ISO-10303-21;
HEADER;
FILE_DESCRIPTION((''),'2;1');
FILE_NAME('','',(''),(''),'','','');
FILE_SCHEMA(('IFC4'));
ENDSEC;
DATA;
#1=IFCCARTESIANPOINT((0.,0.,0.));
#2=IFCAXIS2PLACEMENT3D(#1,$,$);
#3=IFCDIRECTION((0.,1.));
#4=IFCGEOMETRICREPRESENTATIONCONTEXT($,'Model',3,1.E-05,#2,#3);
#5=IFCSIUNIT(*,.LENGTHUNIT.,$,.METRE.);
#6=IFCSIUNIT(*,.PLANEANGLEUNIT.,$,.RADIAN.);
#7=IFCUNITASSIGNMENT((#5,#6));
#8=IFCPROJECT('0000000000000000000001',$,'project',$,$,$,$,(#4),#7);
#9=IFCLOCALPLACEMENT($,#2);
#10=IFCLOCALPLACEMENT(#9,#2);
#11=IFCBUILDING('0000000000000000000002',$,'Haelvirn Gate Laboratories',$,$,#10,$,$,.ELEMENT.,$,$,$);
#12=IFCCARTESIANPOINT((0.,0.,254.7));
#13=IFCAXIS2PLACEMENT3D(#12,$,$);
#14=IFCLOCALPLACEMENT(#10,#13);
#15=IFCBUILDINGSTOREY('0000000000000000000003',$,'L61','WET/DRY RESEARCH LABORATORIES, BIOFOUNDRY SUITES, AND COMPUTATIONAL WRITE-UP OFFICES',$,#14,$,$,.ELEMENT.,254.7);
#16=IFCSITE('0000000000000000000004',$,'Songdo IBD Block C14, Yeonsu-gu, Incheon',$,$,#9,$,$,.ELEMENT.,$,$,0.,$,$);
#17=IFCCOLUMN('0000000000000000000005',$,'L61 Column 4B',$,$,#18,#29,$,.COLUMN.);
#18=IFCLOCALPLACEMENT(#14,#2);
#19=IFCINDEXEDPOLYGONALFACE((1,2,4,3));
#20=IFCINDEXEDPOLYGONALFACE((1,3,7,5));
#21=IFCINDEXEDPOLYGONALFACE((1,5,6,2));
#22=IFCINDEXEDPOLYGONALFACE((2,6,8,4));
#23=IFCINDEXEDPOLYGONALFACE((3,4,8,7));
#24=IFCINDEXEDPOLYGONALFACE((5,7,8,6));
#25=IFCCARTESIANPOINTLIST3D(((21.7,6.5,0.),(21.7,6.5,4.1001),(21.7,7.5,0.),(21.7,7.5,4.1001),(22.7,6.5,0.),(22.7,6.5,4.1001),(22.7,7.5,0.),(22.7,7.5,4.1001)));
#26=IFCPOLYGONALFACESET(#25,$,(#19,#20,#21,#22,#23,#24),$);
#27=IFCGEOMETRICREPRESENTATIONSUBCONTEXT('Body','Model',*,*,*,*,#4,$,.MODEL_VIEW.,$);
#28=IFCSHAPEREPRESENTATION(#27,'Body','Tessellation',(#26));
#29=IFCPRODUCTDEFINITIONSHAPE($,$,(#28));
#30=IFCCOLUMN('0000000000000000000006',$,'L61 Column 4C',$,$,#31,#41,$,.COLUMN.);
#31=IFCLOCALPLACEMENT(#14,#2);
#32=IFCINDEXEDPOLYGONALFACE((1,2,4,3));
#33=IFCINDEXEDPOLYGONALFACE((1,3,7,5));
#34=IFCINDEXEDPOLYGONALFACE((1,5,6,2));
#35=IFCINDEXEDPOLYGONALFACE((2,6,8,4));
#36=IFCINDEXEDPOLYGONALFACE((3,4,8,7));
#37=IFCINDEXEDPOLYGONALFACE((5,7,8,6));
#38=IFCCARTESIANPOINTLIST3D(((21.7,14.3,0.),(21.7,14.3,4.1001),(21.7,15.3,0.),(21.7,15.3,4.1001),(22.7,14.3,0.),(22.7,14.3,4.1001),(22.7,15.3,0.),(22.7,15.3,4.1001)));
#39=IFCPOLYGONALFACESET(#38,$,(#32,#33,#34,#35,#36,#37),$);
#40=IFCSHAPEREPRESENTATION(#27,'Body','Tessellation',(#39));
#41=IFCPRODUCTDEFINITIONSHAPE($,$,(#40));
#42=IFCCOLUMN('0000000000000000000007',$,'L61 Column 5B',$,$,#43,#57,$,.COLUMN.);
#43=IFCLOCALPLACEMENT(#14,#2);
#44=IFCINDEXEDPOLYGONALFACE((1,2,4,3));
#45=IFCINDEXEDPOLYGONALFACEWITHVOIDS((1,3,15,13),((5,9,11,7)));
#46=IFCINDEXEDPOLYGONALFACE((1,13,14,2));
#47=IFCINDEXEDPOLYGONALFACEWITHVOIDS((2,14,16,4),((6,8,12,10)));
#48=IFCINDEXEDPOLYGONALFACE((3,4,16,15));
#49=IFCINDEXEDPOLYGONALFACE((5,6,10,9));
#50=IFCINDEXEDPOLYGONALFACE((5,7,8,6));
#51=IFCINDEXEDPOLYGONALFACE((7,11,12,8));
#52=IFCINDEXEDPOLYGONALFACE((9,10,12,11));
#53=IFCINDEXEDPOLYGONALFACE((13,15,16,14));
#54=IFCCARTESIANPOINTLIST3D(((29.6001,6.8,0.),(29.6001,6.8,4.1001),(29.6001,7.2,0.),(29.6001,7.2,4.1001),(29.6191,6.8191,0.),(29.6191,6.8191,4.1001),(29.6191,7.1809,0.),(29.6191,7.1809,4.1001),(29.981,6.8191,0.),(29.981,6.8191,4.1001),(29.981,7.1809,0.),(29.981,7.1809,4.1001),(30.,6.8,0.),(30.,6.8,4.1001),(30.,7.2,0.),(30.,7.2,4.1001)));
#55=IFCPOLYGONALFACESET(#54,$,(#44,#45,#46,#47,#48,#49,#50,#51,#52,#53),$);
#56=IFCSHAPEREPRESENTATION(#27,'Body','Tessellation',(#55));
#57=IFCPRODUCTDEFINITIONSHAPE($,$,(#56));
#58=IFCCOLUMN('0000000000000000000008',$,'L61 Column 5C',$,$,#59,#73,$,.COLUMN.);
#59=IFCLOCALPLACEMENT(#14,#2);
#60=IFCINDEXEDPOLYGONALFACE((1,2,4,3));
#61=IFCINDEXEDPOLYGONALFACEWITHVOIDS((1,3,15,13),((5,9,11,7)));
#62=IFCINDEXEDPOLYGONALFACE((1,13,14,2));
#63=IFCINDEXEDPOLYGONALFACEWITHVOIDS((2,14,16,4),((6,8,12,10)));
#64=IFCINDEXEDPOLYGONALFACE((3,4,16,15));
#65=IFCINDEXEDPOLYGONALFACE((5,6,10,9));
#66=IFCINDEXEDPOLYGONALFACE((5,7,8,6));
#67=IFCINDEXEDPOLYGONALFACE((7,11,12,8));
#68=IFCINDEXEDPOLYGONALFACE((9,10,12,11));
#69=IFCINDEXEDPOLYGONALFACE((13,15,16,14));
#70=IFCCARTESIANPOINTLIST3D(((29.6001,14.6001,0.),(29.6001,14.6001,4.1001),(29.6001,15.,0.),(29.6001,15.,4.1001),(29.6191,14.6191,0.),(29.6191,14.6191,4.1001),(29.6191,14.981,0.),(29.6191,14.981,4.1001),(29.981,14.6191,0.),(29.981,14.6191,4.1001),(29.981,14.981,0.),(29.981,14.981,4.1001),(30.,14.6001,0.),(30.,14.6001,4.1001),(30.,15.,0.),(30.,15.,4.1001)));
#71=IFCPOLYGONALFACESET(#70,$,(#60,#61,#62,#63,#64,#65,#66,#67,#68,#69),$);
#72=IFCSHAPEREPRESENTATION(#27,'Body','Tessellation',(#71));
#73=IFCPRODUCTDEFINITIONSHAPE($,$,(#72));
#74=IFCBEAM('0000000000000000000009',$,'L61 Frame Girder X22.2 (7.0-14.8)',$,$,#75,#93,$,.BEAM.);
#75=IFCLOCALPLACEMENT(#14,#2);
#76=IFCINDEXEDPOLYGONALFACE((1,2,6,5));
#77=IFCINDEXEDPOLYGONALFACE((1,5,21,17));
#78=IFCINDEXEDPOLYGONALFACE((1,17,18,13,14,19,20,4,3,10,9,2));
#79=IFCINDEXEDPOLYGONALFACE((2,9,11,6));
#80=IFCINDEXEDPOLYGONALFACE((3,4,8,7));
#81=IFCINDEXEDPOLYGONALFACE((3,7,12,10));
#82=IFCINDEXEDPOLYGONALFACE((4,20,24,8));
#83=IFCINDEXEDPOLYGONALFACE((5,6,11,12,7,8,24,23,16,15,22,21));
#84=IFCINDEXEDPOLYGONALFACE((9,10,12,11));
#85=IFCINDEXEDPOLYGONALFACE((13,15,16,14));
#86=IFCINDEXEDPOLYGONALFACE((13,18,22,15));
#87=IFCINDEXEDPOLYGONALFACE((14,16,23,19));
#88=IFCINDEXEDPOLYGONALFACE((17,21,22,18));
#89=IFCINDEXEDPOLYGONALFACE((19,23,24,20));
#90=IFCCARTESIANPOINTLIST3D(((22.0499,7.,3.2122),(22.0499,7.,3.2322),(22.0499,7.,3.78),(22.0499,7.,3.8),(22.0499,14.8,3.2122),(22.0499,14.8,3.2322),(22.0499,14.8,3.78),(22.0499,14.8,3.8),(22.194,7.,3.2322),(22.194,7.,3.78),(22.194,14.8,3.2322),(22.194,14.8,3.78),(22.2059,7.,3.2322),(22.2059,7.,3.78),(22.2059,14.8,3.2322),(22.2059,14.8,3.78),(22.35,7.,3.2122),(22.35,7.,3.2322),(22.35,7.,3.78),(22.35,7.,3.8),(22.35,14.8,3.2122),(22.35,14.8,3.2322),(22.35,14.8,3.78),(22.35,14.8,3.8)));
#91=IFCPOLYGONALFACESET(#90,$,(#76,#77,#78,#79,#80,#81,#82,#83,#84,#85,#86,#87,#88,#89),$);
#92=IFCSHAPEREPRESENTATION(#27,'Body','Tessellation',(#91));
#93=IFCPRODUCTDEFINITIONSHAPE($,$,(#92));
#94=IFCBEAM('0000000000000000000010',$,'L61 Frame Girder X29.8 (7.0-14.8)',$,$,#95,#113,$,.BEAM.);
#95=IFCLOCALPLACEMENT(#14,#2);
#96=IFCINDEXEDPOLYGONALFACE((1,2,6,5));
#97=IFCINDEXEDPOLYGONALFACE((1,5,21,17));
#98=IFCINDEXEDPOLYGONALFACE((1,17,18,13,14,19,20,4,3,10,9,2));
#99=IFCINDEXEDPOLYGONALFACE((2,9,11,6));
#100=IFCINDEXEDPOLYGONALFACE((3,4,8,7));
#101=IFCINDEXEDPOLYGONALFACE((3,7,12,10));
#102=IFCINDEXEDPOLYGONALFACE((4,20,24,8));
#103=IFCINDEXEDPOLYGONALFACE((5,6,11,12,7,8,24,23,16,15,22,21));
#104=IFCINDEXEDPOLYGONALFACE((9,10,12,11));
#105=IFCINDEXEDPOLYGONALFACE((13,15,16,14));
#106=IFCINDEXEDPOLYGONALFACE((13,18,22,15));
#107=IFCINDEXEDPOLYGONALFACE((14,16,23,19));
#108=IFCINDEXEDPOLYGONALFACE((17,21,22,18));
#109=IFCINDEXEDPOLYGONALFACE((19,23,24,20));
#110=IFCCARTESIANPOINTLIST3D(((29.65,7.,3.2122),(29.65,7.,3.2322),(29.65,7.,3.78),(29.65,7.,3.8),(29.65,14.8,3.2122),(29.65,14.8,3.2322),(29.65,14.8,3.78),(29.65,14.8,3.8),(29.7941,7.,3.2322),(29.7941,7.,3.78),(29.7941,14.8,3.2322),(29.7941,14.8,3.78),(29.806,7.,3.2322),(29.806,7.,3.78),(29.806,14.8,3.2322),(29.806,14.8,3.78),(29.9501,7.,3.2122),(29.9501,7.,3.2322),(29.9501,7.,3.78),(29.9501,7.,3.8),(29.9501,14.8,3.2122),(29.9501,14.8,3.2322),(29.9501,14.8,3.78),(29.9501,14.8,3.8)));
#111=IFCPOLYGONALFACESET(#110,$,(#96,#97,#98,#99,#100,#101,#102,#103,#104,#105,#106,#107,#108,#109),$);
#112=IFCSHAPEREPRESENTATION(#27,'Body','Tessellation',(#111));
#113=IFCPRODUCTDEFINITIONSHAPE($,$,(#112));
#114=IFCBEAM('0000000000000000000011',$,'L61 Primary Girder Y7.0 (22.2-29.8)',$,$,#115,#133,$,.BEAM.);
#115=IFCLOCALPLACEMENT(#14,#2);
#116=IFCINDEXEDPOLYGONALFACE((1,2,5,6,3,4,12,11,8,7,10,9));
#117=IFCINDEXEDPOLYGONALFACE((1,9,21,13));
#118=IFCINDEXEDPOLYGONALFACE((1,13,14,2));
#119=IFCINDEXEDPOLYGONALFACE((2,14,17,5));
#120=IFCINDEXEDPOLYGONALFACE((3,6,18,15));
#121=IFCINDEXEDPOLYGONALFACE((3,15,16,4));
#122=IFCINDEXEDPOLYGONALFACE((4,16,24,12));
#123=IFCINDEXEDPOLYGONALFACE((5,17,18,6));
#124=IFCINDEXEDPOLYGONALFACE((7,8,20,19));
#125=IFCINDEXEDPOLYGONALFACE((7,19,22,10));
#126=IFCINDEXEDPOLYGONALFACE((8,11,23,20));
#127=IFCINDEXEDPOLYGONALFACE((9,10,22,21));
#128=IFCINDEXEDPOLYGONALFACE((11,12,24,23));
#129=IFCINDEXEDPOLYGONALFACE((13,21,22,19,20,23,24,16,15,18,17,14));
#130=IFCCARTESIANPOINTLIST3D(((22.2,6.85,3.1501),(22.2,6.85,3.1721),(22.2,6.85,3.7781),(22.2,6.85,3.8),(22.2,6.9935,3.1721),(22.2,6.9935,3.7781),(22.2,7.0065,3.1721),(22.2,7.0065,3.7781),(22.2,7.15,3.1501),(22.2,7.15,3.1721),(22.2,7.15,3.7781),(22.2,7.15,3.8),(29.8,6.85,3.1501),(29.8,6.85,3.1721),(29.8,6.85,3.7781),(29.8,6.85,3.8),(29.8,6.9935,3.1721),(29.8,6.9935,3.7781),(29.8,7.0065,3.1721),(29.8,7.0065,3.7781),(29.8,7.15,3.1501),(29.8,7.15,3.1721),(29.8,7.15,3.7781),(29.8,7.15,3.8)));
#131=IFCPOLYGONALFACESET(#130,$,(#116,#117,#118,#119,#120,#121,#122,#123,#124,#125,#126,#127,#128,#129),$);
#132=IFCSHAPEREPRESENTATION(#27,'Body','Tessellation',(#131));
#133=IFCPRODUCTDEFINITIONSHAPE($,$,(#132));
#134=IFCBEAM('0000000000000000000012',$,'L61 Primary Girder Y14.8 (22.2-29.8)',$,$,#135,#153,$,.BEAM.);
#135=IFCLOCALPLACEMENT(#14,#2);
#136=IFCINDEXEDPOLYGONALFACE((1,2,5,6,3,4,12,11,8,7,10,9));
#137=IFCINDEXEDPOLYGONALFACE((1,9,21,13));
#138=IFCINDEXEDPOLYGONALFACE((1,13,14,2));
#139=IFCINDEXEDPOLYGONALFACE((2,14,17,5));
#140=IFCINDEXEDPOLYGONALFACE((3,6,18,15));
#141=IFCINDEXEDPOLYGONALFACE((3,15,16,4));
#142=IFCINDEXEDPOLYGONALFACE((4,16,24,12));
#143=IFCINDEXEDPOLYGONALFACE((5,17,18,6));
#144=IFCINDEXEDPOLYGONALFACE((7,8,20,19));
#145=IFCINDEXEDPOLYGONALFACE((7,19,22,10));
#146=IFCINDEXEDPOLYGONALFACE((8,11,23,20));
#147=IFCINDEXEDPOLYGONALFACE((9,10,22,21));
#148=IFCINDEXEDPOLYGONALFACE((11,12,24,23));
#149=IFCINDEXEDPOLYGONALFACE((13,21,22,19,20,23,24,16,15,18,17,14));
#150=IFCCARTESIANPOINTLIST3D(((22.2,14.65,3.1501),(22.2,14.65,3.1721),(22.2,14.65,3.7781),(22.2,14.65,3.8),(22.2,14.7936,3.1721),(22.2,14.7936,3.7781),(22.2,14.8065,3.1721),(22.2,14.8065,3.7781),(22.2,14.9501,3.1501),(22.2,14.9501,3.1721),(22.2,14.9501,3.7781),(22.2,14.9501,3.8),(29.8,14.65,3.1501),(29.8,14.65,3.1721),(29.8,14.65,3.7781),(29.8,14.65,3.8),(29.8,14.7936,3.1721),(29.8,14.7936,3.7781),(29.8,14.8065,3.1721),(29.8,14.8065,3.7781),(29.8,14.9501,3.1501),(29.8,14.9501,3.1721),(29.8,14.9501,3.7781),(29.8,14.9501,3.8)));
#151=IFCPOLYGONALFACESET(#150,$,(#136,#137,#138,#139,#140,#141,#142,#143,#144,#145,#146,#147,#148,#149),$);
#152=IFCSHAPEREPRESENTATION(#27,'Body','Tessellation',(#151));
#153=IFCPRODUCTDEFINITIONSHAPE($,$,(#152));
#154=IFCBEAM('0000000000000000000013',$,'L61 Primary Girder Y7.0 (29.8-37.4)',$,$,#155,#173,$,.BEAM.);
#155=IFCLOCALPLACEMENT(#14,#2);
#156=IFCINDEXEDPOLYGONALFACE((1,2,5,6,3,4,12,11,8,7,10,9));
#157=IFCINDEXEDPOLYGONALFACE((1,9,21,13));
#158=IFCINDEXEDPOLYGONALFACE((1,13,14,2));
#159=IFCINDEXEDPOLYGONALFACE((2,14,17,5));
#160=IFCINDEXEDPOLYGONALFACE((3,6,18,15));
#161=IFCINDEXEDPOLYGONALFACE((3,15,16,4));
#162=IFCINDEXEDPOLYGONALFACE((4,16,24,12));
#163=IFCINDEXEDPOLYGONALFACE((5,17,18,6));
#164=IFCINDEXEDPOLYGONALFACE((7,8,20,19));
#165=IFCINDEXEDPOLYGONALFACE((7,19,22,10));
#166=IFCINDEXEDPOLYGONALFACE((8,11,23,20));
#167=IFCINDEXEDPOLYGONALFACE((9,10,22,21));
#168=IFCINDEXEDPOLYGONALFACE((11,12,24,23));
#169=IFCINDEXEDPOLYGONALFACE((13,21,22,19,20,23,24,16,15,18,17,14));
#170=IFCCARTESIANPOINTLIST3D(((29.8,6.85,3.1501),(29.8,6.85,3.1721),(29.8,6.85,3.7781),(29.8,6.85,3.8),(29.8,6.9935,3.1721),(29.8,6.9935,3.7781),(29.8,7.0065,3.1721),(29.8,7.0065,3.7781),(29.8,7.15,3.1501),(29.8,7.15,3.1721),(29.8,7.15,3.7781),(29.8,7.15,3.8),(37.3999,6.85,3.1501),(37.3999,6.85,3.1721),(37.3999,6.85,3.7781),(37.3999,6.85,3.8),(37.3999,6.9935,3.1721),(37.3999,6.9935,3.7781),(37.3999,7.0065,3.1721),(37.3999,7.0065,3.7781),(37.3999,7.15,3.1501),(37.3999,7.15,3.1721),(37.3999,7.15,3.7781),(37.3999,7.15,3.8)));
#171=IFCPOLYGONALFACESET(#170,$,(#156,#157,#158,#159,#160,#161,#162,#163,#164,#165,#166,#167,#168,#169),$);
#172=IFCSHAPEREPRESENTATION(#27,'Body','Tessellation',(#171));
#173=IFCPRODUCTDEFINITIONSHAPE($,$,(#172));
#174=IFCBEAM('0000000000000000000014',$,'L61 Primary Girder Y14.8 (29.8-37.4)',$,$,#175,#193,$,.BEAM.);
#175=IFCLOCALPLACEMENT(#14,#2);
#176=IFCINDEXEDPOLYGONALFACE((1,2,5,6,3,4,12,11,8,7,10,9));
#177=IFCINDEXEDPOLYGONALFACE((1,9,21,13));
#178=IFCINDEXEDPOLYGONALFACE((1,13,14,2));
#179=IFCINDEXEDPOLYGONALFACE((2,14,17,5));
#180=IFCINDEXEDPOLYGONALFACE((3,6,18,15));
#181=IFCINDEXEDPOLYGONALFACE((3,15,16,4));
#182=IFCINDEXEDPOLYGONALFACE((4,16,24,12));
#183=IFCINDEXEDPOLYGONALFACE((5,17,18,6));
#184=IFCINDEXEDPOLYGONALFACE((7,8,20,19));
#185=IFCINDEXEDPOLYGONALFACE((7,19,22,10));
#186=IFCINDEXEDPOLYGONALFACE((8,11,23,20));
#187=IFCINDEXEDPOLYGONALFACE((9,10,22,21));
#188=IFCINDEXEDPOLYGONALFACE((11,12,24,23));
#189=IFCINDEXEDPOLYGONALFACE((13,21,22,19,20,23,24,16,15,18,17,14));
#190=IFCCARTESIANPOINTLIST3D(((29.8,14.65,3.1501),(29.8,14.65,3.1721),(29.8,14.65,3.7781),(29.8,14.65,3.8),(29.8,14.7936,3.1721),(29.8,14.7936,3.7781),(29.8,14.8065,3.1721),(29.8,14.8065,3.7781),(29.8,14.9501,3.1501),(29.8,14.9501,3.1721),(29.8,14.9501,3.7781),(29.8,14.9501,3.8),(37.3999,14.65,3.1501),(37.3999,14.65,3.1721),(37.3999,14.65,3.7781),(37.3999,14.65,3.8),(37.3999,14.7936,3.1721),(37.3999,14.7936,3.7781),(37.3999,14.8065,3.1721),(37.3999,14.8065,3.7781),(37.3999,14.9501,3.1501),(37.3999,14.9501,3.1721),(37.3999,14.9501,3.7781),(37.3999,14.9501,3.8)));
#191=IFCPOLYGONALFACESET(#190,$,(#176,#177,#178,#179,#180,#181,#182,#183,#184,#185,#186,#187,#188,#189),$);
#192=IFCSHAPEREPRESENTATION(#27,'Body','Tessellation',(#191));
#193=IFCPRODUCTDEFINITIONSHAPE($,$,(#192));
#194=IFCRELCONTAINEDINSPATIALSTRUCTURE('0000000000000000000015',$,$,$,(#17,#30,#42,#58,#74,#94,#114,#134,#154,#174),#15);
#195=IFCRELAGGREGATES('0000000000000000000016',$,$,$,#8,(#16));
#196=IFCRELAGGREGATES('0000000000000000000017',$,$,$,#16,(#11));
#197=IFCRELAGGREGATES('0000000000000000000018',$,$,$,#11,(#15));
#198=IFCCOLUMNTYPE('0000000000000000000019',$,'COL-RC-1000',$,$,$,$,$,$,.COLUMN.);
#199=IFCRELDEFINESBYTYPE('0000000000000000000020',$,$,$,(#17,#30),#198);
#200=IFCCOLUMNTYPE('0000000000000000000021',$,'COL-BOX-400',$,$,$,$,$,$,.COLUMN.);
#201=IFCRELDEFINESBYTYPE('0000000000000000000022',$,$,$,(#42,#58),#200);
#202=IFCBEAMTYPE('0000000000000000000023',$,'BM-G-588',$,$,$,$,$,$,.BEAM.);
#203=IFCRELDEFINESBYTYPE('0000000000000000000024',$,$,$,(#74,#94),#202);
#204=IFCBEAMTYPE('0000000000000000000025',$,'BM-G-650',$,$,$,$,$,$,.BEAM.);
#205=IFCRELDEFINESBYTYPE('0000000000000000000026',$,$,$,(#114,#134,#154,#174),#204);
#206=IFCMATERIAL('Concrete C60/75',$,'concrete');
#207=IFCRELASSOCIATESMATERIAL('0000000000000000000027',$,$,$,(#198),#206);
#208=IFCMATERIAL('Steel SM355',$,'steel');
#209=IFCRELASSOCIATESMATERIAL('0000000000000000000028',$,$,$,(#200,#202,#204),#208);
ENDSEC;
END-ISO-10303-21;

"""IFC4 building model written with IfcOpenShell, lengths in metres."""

from ifc_helpers import new_model, si_unit, direction, frame, origin, origin_2d, place, context, subcontext, project, spatial, rectangle, hollow_rectangle, i_section, extrude, source, transform, mapped, material, material_profile, profile_set, type_object, type_shapes, element, save


model = new_model("IFC4")

# Units and contexts
model_context = context("Model", 3, precision=1e-05, world=origin(), true_north=direction((0.0, 1.0)))
body_context = subcontext(model_context, "Body", "Model", "MODEL_VIEW")
ifc_project = project(units=[si_unit("LENGTHUNIT", "METRE"), si_unit("PLANEANGLEUNIT", "RADIAN")], contexts=[model_context])

# Site, building, storey
site_placement = place(None, origin())
site = spatial("IfcSite", under=ifc_project, at=site_placement, Name="Songdo IBD Block C14, Yeonsu-gu, Incheon", CompositionType="ELEMENT", RefElevation=0.0)
building_placement = place(site_placement, origin())
building = spatial("IfcBuilding", under=site, at=building_placement, Name="Haelvirn Gate Laboratories", CompositionType="ELEMENT")
storey_placement = place(building_placement, frame((0.0, 0.0, 254.7)))
storey = spatial("IfcBuildingStorey", under=building, at=storey_placement, Name="L61", Description="WET/DRY RESEARCH LABORATORIES, BIOFOUNDRY SUITES, AND COMPUTATIONAL WRITE-UP OFFICES", CompositionType="ELEMENT", Elevation=254.7)

# Columns
ifc_material_1 = material(Name="Concrete C60/75", Category="concrete")
ifc_material_profile_1 = material_profile(ifc_material_1, rectangle(XDim=1.0, YDim=1.0, at=origin_2d()), Name="RC-1000x1000")
ifc_profile_set_1 = profile_set([ifc_material_profile_1], Name="Concrete C60/75")
column_type_1 = type_object("IfcColumnType", Name="COL-RC-1000", PredefinedType="COLUMN", material=ifc_profile_set_1)
shared_shape_1 = source(origin(), body_context, "Body", "SweptSolid", [
    extrude(rectangle(XDim=1.0, YDim=1.0, at=origin_2d()), origin(), (0.0, 0.0, 1.0), 4.1001),
])
type_shapes(column_type_1, [shared_shape_1])
for number, where, z_axis, x_axis, name in (
    (1, (22.2, 7.0, 0.0), (0.0, 0.0, 1.0), (1.0, 0.0, 0.0), "L61 Column 4B"),
    (2, (22.2, 14.8, 0.0), (0.0, 0.0, 1.0), (1.0, 0.0, 0.0), "L61 Column 4C"),
):
    element("IfcColumn", number, at=place(storey_placement, frame(where, z_axis=z_axis, x_axis=x_axis)), inside=storey, type_object=column_type_1, Name=name, PredefinedType="COLUMN", context=body_context, shape_type="MappedRepresentation", body=[
        mapped(shared_shape_1, transform((0.0, 0.0, 0.0), scale=1.0)),
    ])
ifc_material_2 = material(Name="Steel SM355", Category="steel")
ifc_material_profile_2 = material_profile(ifc_material_2, hollow_rectangle(XDim=0.3999, YDim=0.3999, WallThickness=0.019, at=origin_2d()), Name="BOX-400x400x19")
ifc_profile_set_2 = profile_set([ifc_material_profile_2], Name="Steel SM355")
column_type_2 = type_object("IfcColumnType", Name="COL-BOX-400", PredefinedType="COLUMN", material=ifc_profile_set_2)
shared_shape_2 = source(origin(), body_context, "Body", "SweptSolid", [
    extrude(hollow_rectangle(XDim=0.3999, YDim=0.3999, WallThickness=0.019, at=origin_2d()), origin(), (0.0, 0.0, 1.0), 4.1001),
])
type_shapes(column_type_2, [shared_shape_2])
for number, where, z_axis, x_axis, name in (
    (3, (29.8, 7.0, 0.0), (0.0, 0.0, 1.0), (1.0, 0.0, 0.0), "L61 Column 5B"),
    (4, (29.8, 14.8, 0.0), (0.0, 0.0, 1.0), (1.0, 0.0, 0.0), "L61 Column 5C"),
):
    element("IfcColumn", number, at=place(storey_placement, frame(where, z_axis=z_axis, x_axis=x_axis)), inside=storey, type_object=column_type_2, Name=name, PredefinedType="COLUMN", context=body_context, shape_type="MappedRepresentation", body=[
        mapped(shared_shape_2, transform((0.0, 0.0, 0.0), scale=1.0)),
    ])

# Beams
ifc_material_profile_3 = material_profile(ifc_material_2, i_section(OverallWidth=0.3, OverallDepth=0.5879, WebThickness=0.012, FlangeThickness=0.02, at=origin_2d()), Name="H-588x300x12x20")
ifc_profile_set_3 = profile_set([ifc_material_profile_3], Name="Steel SM355")
beam_type_1 = type_object("IfcBeamType", Name="BM-G-588", PredefinedType="BEAM", material=ifc_profile_set_3)
shared_shape_3 = source(origin(), body_context, "Body", "SweptSolid", [
    extrude(i_section(OverallWidth=0.3, OverallDepth=0.5879, WebThickness=0.012, FlangeThickness=0.02, at=origin_2d()), origin(), (0.0, 0.0, 1.0), 7.8),
])
type_shapes(beam_type_1, [shared_shape_3])
for number, where, z_axis, x_axis, name in (
    (5, (22.2, 7.0, 3.5061), (0.0, 1.0, 0.0), (-1.0, 0.0, 0.0), "L61 Frame Girder X22.2 (7.0-14.8)"),
    (6, (29.8, 7.0, 3.5061), (0.0, 1.0, 0.0), (-1.0, 0.0, 0.0), "L61 Frame Girder X29.8 (7.0-14.8)"),
):
    element("IfcBeam", number, at=place(storey_placement, frame(where, z_axis=z_axis, x_axis=x_axis)), inside=storey, type_object=beam_type_1, Name=name, PredefinedType="BEAM", context=body_context, shape_type="MappedRepresentation", body=[
        mapped(shared_shape_3, transform((0.0, 0.0, 0.0), scale=1.0)),
    ])
ifc_material_profile_4 = material_profile(ifc_material_2, i_section(OverallWidth=0.3, OverallDepth=0.6499, WebThickness=0.0129, FlangeThickness=0.022, at=origin_2d()), Name="H-650x300x13x22")
ifc_profile_set_4 = profile_set([ifc_material_profile_4], Name="Steel SM355")
beam_type_2 = type_object("IfcBeamType", Name="BM-G-650", PredefinedType="BEAM", material=ifc_profile_set_4)
shared_shape_4 = source(origin(), body_context, "Body", "SweptSolid", [
    extrude(i_section(OverallWidth=0.3, OverallDepth=0.6499, WebThickness=0.0129, FlangeThickness=0.022, at=origin_2d()), origin(), (0.0, 0.0, 1.0), 7.6001),
])
for number, where, z_axis, x_axis, name in (
    (7, (22.2, 7.0, 3.4751), (1.0, 0.0, 0.0), (0.0, 1.0, 0.0), "L61 Primary Girder Y7.0 (22.2-29.8)"),
    (8, (22.2, 14.8, 3.4751), (1.0, 0.0, 0.0), (0.0, 1.0, 0.0), "L61 Primary Girder Y14.8 (22.2-29.8)"),
):
    element("IfcBeam", number, at=place(storey_placement, frame(where, z_axis=z_axis, x_axis=x_axis)), inside=storey, type_object=beam_type_2, Name=name, PredefinedType="BEAM", context=body_context, shape_type="MappedRepresentation", body=[
        mapped(shared_shape_4, transform((0.0, 0.0, 0.0), scale=1.0)),
    ])
shared_shape_5 = source(origin(), body_context, "Body", "SweptSolid", [
    extrude(i_section(OverallWidth=0.3, OverallDepth=0.6499, WebThickness=0.0129, FlangeThickness=0.022, at=origin_2d()), origin(), (0.0, 0.0, 1.0), 7.5999),
])
type_shapes(beam_type_2, [shared_shape_4, shared_shape_5])
for number, where, z_axis, x_axis, name in (
    (9, (29.8, 7.0, 3.4751), (1.0, 0.0, 0.0), (0.0, 1.0, 0.0), "L61 Primary Girder Y7.0 (29.8-37.4)"),
    (10, (29.8, 14.8, 3.4751), (1.0, 0.0, 0.0), (0.0, 1.0, 0.0), "L61 Primary Girder Y14.8 (29.8-37.4)"),
):
    element("IfcBeam", number, at=place(storey_placement, frame(where, z_axis=z_axis, x_axis=x_axis)), inside=storey, type_object=beam_type_2, Name=name, PredefinedType="BEAM", context=body_context, shape_type="MappedRepresentation", body=[
        mapped(shared_shape_5, transform((0.0, 0.0, 0.0), scale=1.0)),
    ])

save(model, "model.ifc")
